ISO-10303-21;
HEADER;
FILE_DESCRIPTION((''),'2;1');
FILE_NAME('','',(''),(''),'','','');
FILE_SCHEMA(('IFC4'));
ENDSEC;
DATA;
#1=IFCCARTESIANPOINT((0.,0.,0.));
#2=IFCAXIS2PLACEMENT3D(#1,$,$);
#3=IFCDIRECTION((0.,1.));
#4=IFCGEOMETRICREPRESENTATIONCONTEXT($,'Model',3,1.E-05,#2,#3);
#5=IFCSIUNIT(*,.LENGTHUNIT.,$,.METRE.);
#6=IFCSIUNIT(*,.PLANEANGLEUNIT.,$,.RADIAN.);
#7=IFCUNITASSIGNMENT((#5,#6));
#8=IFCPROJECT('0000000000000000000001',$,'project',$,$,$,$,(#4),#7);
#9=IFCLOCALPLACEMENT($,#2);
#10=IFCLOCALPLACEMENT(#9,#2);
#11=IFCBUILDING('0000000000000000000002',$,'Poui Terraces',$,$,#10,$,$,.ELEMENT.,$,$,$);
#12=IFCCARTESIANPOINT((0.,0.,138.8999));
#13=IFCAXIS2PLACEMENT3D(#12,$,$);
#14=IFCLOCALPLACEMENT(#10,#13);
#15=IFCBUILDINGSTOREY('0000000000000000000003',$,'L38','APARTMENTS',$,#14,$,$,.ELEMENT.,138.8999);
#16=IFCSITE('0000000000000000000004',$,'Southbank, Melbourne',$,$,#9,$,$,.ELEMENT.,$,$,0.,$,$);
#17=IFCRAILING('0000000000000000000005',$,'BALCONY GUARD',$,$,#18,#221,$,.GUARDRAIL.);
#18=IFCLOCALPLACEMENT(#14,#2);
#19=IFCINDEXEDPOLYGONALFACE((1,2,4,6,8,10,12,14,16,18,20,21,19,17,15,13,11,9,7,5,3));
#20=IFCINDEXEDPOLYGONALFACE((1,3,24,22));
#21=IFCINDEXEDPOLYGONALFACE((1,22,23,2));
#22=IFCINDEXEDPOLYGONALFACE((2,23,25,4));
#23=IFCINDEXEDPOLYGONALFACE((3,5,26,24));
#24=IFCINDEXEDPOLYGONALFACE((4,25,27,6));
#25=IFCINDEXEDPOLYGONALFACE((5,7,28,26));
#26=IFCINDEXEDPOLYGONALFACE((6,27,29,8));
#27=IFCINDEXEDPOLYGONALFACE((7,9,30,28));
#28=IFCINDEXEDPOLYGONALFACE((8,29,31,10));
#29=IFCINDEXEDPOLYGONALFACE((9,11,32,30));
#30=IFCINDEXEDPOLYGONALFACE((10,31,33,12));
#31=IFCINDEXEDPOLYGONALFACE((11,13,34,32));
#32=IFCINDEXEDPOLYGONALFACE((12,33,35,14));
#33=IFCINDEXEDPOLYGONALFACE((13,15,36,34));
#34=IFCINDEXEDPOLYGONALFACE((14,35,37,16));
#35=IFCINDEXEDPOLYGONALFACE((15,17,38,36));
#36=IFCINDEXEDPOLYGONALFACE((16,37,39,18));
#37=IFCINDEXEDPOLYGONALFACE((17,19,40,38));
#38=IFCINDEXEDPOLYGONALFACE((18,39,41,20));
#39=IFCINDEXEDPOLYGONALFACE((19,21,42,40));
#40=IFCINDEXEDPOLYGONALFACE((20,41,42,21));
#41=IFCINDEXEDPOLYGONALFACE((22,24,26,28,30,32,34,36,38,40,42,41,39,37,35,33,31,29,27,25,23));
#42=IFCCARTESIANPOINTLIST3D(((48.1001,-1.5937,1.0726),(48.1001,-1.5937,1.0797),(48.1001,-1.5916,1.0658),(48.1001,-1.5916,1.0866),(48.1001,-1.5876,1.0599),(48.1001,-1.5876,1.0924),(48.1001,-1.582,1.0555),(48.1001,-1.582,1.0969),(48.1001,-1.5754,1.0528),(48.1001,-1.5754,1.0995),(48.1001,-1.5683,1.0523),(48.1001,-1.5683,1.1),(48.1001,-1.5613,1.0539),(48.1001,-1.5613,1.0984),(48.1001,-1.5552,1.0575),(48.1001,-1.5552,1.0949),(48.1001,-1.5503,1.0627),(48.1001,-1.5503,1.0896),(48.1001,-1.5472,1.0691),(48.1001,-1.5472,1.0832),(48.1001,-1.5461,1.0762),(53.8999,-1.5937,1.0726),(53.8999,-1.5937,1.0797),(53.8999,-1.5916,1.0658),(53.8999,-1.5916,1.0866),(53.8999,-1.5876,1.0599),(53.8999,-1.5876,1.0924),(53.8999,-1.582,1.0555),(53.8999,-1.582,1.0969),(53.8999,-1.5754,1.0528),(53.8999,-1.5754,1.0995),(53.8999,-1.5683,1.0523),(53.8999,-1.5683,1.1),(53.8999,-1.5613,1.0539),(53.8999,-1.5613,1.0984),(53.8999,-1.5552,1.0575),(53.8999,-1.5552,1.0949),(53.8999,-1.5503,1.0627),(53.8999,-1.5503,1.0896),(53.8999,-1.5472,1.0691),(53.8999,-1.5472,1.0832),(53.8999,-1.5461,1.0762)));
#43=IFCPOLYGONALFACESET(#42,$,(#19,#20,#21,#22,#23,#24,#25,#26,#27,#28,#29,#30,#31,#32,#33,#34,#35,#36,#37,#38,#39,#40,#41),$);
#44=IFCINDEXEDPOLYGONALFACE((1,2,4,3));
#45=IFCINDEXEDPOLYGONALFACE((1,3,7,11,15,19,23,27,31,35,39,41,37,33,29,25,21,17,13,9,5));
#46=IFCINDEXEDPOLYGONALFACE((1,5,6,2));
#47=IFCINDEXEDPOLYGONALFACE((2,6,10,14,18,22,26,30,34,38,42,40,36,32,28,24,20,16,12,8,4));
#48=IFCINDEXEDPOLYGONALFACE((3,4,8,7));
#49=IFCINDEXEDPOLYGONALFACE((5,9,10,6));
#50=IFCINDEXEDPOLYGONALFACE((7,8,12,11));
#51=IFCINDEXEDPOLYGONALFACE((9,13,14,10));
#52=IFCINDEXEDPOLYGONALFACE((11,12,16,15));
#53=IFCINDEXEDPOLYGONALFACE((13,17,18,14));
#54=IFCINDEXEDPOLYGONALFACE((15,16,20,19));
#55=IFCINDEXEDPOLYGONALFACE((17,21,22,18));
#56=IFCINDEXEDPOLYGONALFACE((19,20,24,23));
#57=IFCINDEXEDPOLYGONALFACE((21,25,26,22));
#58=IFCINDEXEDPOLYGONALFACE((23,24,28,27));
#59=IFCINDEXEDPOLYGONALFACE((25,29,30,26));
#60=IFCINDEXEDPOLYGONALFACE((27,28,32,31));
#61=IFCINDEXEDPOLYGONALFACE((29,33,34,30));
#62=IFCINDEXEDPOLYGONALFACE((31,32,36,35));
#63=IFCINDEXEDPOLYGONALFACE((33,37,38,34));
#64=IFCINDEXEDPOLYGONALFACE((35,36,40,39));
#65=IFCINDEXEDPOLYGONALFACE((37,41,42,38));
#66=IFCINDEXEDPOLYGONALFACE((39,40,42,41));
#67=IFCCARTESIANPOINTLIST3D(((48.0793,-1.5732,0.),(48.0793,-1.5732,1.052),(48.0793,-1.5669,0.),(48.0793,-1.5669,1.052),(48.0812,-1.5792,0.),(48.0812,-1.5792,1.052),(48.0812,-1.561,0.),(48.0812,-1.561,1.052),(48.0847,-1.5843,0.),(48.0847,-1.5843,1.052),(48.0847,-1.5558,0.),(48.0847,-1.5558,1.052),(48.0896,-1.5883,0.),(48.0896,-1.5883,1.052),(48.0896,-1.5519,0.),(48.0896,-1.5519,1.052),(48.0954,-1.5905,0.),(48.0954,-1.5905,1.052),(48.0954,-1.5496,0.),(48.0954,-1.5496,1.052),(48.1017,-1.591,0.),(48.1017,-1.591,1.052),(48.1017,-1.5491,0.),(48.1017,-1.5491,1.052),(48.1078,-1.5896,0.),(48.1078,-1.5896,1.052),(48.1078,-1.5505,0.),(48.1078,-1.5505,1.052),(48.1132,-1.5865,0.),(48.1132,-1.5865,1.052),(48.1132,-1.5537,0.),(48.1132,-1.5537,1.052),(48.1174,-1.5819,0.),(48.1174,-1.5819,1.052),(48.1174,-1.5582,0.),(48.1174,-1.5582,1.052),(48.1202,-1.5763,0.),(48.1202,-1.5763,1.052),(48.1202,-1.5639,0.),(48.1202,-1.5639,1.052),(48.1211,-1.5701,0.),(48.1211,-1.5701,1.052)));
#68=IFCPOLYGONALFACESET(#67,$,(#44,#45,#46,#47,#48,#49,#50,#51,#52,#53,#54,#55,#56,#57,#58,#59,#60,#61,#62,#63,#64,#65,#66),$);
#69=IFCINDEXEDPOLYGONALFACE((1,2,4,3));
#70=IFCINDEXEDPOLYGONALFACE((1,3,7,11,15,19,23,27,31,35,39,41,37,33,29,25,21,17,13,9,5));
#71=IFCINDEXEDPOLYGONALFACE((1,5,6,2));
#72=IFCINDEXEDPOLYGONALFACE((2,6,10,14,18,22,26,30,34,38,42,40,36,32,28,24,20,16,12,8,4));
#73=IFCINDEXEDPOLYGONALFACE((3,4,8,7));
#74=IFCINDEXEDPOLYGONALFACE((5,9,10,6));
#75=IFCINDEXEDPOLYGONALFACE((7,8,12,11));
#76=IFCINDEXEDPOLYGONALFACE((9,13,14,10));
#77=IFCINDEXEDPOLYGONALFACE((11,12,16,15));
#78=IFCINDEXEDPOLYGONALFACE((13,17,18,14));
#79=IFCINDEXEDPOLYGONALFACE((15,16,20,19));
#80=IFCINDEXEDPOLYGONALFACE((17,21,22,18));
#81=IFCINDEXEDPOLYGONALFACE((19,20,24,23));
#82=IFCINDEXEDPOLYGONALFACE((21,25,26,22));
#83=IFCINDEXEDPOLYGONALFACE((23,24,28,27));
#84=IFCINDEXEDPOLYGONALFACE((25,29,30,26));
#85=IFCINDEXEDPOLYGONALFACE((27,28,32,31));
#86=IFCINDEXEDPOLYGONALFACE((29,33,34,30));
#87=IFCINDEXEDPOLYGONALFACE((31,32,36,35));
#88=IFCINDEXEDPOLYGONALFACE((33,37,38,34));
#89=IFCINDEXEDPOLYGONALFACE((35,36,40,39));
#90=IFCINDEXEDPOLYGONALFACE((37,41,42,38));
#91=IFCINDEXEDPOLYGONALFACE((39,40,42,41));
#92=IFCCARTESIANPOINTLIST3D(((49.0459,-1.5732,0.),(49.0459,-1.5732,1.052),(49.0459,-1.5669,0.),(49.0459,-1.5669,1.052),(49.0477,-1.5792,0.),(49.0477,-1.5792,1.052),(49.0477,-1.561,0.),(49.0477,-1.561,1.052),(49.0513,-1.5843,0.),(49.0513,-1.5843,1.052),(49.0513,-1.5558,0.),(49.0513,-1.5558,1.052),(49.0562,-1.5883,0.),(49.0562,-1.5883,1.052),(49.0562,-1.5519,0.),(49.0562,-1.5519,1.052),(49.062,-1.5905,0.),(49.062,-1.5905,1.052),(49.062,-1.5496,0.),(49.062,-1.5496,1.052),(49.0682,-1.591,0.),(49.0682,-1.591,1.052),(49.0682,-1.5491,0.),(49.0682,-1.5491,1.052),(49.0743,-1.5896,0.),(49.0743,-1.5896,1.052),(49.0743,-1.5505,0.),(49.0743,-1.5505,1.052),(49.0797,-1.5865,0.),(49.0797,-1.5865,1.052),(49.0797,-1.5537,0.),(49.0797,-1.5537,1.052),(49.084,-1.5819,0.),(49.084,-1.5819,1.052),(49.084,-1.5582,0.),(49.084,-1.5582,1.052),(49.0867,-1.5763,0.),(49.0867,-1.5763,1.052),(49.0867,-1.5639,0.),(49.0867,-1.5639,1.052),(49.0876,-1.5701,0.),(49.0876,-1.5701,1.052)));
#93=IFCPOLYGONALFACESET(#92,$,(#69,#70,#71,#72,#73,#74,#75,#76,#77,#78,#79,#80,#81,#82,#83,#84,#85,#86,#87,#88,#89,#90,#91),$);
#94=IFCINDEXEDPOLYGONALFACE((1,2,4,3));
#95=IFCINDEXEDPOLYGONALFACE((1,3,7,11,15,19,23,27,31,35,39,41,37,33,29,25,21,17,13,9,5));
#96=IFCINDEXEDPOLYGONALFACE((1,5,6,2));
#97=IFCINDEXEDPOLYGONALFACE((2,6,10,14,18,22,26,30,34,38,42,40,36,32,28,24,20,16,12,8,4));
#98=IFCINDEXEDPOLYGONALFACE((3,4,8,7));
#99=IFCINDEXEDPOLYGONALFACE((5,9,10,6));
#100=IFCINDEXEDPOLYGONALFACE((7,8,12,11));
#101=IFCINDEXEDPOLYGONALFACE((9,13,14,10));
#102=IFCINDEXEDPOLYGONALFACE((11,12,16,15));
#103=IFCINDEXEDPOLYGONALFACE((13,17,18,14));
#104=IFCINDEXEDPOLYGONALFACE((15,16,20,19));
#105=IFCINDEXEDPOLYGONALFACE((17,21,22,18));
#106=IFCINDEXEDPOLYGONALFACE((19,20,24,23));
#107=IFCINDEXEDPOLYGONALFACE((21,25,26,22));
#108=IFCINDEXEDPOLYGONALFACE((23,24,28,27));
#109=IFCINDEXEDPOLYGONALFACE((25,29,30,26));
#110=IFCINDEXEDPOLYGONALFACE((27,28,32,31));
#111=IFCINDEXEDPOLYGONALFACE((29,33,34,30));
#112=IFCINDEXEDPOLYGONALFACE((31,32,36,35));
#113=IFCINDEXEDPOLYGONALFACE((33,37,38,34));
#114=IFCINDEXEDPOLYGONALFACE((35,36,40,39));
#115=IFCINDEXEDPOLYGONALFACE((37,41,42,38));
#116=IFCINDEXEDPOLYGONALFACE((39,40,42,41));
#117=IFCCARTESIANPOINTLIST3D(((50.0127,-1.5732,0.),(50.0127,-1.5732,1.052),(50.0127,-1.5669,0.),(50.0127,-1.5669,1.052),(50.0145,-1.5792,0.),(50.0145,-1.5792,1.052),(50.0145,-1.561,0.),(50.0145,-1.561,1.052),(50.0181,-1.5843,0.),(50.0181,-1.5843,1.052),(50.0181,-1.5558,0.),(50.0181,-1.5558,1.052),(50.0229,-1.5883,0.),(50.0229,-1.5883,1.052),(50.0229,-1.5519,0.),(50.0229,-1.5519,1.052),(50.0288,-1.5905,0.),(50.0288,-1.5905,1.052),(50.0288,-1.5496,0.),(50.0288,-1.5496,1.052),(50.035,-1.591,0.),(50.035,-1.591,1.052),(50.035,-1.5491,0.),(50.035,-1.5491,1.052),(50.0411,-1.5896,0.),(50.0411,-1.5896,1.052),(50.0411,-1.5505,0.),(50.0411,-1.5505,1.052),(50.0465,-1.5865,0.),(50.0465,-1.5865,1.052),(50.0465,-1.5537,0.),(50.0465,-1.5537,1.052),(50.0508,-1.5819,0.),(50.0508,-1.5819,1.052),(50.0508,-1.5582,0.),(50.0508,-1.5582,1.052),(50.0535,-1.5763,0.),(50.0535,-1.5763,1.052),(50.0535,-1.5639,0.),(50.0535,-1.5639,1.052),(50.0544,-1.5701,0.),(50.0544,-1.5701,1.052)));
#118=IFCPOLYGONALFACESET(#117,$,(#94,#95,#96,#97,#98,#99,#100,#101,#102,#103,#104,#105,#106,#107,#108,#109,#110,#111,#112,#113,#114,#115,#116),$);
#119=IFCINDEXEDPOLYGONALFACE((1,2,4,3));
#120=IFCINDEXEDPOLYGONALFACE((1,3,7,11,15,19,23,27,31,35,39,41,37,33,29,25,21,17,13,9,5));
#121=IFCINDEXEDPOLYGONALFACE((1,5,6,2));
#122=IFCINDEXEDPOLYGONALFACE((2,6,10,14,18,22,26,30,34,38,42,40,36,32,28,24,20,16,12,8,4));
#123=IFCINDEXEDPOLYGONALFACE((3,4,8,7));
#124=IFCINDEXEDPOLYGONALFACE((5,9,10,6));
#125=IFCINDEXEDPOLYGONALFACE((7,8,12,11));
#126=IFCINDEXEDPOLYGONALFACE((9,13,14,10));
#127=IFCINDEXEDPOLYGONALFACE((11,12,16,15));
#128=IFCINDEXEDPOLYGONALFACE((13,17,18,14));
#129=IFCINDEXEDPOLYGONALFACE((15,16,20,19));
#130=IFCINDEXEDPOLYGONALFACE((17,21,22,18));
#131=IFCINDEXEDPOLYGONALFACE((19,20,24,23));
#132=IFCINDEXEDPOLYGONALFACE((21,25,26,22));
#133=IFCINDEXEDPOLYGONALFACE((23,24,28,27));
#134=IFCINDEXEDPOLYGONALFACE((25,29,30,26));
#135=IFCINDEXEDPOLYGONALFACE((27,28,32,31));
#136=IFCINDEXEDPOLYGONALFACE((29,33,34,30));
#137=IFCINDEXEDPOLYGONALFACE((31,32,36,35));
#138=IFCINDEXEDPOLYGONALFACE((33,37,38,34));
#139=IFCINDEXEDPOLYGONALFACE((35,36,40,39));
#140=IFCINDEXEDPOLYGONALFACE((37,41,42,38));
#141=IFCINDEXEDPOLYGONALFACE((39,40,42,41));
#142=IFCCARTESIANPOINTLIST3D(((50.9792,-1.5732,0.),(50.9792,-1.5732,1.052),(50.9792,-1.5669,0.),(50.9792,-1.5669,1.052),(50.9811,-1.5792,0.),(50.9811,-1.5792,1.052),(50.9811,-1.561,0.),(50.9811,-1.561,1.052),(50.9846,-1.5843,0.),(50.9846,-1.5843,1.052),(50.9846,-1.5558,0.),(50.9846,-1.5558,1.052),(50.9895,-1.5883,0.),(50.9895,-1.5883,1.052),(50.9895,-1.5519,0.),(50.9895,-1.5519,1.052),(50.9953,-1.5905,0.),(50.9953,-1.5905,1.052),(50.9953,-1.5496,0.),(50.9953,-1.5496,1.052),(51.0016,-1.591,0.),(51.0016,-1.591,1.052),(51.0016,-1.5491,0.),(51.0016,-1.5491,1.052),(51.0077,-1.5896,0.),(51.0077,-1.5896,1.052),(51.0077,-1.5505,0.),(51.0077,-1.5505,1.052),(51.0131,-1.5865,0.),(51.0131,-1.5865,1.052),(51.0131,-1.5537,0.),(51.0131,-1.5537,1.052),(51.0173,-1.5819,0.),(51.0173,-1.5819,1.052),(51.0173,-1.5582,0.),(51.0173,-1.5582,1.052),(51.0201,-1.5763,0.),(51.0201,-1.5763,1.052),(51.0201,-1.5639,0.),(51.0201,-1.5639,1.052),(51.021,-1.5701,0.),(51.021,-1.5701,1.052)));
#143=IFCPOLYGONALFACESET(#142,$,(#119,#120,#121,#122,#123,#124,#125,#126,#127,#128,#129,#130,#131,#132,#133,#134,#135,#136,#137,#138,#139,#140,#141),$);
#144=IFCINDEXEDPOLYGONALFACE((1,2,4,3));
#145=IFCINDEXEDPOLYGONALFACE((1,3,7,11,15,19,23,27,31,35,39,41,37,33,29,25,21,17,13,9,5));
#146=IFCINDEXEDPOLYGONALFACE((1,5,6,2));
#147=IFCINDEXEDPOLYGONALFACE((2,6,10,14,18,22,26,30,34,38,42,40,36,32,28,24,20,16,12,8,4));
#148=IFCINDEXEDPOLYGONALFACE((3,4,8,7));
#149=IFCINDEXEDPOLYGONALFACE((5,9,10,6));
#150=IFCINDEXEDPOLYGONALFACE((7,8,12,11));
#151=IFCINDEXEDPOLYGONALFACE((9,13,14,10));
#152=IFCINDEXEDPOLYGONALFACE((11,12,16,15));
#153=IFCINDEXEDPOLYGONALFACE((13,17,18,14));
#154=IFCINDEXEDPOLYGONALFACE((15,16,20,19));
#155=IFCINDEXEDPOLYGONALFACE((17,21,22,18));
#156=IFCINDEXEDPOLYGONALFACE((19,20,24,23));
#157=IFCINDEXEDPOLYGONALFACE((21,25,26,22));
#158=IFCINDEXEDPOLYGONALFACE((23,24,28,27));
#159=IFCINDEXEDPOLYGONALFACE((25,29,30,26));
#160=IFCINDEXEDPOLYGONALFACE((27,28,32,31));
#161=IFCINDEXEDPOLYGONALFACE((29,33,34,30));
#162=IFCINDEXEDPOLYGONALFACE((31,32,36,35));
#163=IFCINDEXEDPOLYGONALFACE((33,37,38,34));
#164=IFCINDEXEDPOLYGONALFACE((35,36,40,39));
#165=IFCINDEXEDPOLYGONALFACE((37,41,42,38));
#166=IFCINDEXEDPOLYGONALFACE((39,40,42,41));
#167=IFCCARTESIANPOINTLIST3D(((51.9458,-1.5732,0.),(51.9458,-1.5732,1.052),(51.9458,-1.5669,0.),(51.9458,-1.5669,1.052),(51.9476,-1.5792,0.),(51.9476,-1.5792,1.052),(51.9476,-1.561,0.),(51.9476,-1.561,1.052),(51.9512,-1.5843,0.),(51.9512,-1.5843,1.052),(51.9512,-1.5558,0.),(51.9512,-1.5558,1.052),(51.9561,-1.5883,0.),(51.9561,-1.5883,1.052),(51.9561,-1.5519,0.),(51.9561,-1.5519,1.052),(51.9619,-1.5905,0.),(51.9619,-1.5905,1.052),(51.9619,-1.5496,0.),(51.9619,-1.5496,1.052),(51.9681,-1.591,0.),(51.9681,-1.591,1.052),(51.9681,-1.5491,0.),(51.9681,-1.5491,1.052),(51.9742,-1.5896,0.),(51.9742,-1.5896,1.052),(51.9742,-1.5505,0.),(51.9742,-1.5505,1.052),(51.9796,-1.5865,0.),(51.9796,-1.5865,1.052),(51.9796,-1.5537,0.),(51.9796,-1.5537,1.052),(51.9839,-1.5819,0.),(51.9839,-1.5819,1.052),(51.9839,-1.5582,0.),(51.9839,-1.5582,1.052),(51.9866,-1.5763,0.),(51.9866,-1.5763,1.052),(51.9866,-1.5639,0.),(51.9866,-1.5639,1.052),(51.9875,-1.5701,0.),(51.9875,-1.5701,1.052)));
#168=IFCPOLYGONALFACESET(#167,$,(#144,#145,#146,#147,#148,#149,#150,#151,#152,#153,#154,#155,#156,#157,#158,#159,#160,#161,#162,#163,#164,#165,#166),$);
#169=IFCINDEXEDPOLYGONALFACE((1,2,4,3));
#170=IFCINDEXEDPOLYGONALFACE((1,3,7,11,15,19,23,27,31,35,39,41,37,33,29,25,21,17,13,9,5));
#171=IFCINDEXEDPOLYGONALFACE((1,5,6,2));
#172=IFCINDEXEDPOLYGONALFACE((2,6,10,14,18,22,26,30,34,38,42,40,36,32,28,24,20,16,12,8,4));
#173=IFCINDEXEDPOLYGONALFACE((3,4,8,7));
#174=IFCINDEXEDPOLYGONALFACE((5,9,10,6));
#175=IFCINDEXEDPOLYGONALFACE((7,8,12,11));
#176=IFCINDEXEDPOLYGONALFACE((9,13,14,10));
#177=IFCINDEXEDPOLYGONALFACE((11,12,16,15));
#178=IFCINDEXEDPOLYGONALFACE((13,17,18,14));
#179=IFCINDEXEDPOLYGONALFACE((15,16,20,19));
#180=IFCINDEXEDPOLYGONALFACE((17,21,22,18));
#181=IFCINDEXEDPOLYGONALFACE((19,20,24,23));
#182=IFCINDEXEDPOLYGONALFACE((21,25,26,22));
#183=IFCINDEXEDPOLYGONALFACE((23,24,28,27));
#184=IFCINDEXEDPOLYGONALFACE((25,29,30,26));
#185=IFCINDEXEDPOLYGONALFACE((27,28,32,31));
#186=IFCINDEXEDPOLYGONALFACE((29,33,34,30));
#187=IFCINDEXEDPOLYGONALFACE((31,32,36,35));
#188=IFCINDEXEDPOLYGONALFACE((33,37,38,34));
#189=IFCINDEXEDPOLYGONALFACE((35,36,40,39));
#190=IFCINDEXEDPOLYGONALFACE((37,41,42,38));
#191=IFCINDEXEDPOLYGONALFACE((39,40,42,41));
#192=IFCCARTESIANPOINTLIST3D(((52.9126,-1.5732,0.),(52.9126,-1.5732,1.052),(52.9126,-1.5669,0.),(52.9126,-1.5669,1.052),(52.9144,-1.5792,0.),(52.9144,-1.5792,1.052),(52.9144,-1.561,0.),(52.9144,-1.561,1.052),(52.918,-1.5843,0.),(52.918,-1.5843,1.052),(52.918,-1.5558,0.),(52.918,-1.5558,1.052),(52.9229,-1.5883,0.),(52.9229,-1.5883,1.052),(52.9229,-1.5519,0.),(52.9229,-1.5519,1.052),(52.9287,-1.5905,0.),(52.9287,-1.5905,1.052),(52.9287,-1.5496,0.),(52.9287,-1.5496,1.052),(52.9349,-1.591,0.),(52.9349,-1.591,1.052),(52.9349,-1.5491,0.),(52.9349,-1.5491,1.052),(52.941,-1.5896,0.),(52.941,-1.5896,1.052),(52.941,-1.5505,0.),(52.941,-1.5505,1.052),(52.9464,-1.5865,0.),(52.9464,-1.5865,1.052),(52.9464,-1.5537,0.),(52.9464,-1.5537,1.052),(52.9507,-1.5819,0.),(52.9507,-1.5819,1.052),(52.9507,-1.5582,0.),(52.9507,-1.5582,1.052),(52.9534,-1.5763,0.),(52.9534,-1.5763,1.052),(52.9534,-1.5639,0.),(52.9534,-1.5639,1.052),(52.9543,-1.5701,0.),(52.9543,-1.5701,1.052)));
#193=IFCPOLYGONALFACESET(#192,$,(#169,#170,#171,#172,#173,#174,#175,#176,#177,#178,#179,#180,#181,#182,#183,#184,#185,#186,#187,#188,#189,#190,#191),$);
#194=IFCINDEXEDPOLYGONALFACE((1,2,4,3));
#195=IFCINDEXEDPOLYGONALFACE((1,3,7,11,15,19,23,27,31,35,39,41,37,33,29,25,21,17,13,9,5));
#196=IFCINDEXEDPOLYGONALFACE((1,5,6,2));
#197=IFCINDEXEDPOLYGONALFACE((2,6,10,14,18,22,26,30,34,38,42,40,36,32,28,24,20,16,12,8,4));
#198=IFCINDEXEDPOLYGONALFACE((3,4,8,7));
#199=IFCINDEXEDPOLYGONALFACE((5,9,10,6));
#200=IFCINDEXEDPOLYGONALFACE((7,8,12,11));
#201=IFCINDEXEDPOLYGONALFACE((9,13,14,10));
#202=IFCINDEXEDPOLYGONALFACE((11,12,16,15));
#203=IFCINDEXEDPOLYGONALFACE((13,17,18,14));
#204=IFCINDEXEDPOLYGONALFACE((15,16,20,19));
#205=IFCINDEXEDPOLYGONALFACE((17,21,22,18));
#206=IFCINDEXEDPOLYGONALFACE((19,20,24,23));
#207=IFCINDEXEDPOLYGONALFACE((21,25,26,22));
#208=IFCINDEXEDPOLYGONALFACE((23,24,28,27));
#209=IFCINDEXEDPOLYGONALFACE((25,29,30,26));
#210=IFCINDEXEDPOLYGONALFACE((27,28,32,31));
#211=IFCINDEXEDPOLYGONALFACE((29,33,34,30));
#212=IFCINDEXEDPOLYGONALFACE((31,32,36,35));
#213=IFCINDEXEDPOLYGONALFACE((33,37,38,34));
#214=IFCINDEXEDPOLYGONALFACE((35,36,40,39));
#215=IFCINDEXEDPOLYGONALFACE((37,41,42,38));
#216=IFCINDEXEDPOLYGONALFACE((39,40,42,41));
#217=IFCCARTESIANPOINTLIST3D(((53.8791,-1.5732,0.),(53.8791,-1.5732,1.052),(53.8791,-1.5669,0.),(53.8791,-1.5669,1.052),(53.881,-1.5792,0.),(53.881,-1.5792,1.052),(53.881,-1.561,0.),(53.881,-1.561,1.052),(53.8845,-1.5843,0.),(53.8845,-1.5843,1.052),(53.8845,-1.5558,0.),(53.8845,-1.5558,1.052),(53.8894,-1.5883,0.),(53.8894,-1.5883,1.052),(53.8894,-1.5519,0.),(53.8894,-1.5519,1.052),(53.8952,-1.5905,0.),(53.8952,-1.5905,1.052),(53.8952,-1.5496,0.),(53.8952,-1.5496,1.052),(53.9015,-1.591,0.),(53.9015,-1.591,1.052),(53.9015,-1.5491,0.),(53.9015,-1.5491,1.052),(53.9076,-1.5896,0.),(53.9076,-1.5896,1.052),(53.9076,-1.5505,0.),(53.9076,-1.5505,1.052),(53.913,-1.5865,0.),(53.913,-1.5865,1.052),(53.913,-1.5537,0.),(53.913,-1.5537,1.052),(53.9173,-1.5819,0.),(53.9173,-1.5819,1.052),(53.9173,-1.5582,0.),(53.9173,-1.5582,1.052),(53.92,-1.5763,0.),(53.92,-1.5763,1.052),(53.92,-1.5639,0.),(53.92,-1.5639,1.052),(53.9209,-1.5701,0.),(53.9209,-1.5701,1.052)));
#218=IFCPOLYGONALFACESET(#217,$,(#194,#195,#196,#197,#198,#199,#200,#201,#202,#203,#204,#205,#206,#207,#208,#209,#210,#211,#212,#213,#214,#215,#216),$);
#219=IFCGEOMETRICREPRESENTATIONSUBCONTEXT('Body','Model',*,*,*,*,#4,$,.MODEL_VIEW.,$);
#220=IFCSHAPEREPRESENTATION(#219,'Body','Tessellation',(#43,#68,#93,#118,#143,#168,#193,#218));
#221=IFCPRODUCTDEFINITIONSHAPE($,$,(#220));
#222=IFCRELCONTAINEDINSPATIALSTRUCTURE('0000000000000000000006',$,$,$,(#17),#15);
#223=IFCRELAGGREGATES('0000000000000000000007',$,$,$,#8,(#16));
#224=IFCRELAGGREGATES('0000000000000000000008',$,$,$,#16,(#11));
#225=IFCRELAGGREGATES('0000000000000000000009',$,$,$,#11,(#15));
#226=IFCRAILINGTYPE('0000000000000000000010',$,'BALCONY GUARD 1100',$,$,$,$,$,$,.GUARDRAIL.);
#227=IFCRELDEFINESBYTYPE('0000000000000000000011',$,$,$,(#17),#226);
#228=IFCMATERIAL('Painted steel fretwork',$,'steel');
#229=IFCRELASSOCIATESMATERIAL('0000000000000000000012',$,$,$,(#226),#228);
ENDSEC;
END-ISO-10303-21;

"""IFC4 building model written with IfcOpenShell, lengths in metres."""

from ifc_helpers import new_model, si_unit, direction, frame, origin, origin_2d, place, context, subcontext, project, spatial, circle, extrude, material, type_object, element, save


model = new_model("IFC4")

# Units and contexts
model_context = context("Model", 3, precision=1e-05, world=origin(), true_north=direction((0.0, 1.0)))
body_context = subcontext(model_context, "Body", "Model", "MODEL_VIEW")
ifc_project = project(units=[si_unit("LENGTHUNIT", "METRE"), si_unit("PLANEANGLEUNIT", "RADIAN")], contexts=[model_context])

# Site, building, storey
site_placement = place(None, origin())
site = spatial("IfcSite", under=ifc_project, at=site_placement, Name="Southbank, Melbourne", CompositionType="ELEMENT", RefElevation=0.0)
building_placement = place(site_placement, origin())
building = spatial("IfcBuilding", under=site, at=building_placement, Name="Poui Terraces", CompositionType="ELEMENT")
storey_placement = place(building_placement, frame((0.0, 0.0, 138.8999)))
storey = spatial("IfcBuildingStorey", under=building, at=storey_placement, Name="L38", Description="APARTMENTS", CompositionType="ELEMENT", Elevation=138.8999)

# Railing
ifc_material_1 = material(Name="Painted steel fretwork", Category="steel")
railing_type = type_object("IfcRailingType", Name="BALCONY GUARD 1100", PredefinedType="GUARDRAIL", material=ifc_material_1)
railing_placement = place(storey_placement, frame((48.1001, -1.5701, 0.0)))
element("IfcRailing", 1, at=railing_placement, inside=storey, type_object=railing_type, Name="BALCONY GUARD", PredefinedType="GUARDRAIL", context=body_context, shape_type="SweptSolid", body=[
    extrude(circle(Radius=0.0239, at=origin_2d()), frame((0.0, 0.0, 1.0762), z_axis=(1.0, 0.0, 0.0), x_axis=(0.0, 1.0, 0.0)), (0.0, 0.0, 1.0), 5.7998),
    extrude(circle(Radius=0.021, at=origin_2d()), origin(), (0.0, 0.0, 1.0), 1.052),
    extrude(circle(Radius=0.021, at=origin_2d()), frame((0.9666, 0.0, 0.0)), (0.0, 0.0, 1.0), 1.052),
    extrude(circle(Radius=0.021, at=origin_2d()), frame((1.9333, 0.0, 0.0)), (0.0, 0.0, 1.0), 1.052),
    extrude(circle(Radius=0.021, at=origin_2d()), frame((2.8999, 0.0, 0.0)), (0.0, 0.0, 1.0), 1.052),
    extrude(circle(Radius=0.021, at=origin_2d()), frame((3.8665, 0.0, 0.0)), (0.0, 0.0, 1.0), 1.052),
    extrude(circle(Radius=0.021, at=origin_2d()), frame((4.8333, 0.0, 0.0)), (0.0, 0.0, 1.0), 1.052),
    extrude(circle(Radius=0.021, at=origin_2d()), frame((5.7998, 0.0, 0.0)), (0.0, 0.0, 1.0), 1.052),
])

save(model, "model.ifc")
